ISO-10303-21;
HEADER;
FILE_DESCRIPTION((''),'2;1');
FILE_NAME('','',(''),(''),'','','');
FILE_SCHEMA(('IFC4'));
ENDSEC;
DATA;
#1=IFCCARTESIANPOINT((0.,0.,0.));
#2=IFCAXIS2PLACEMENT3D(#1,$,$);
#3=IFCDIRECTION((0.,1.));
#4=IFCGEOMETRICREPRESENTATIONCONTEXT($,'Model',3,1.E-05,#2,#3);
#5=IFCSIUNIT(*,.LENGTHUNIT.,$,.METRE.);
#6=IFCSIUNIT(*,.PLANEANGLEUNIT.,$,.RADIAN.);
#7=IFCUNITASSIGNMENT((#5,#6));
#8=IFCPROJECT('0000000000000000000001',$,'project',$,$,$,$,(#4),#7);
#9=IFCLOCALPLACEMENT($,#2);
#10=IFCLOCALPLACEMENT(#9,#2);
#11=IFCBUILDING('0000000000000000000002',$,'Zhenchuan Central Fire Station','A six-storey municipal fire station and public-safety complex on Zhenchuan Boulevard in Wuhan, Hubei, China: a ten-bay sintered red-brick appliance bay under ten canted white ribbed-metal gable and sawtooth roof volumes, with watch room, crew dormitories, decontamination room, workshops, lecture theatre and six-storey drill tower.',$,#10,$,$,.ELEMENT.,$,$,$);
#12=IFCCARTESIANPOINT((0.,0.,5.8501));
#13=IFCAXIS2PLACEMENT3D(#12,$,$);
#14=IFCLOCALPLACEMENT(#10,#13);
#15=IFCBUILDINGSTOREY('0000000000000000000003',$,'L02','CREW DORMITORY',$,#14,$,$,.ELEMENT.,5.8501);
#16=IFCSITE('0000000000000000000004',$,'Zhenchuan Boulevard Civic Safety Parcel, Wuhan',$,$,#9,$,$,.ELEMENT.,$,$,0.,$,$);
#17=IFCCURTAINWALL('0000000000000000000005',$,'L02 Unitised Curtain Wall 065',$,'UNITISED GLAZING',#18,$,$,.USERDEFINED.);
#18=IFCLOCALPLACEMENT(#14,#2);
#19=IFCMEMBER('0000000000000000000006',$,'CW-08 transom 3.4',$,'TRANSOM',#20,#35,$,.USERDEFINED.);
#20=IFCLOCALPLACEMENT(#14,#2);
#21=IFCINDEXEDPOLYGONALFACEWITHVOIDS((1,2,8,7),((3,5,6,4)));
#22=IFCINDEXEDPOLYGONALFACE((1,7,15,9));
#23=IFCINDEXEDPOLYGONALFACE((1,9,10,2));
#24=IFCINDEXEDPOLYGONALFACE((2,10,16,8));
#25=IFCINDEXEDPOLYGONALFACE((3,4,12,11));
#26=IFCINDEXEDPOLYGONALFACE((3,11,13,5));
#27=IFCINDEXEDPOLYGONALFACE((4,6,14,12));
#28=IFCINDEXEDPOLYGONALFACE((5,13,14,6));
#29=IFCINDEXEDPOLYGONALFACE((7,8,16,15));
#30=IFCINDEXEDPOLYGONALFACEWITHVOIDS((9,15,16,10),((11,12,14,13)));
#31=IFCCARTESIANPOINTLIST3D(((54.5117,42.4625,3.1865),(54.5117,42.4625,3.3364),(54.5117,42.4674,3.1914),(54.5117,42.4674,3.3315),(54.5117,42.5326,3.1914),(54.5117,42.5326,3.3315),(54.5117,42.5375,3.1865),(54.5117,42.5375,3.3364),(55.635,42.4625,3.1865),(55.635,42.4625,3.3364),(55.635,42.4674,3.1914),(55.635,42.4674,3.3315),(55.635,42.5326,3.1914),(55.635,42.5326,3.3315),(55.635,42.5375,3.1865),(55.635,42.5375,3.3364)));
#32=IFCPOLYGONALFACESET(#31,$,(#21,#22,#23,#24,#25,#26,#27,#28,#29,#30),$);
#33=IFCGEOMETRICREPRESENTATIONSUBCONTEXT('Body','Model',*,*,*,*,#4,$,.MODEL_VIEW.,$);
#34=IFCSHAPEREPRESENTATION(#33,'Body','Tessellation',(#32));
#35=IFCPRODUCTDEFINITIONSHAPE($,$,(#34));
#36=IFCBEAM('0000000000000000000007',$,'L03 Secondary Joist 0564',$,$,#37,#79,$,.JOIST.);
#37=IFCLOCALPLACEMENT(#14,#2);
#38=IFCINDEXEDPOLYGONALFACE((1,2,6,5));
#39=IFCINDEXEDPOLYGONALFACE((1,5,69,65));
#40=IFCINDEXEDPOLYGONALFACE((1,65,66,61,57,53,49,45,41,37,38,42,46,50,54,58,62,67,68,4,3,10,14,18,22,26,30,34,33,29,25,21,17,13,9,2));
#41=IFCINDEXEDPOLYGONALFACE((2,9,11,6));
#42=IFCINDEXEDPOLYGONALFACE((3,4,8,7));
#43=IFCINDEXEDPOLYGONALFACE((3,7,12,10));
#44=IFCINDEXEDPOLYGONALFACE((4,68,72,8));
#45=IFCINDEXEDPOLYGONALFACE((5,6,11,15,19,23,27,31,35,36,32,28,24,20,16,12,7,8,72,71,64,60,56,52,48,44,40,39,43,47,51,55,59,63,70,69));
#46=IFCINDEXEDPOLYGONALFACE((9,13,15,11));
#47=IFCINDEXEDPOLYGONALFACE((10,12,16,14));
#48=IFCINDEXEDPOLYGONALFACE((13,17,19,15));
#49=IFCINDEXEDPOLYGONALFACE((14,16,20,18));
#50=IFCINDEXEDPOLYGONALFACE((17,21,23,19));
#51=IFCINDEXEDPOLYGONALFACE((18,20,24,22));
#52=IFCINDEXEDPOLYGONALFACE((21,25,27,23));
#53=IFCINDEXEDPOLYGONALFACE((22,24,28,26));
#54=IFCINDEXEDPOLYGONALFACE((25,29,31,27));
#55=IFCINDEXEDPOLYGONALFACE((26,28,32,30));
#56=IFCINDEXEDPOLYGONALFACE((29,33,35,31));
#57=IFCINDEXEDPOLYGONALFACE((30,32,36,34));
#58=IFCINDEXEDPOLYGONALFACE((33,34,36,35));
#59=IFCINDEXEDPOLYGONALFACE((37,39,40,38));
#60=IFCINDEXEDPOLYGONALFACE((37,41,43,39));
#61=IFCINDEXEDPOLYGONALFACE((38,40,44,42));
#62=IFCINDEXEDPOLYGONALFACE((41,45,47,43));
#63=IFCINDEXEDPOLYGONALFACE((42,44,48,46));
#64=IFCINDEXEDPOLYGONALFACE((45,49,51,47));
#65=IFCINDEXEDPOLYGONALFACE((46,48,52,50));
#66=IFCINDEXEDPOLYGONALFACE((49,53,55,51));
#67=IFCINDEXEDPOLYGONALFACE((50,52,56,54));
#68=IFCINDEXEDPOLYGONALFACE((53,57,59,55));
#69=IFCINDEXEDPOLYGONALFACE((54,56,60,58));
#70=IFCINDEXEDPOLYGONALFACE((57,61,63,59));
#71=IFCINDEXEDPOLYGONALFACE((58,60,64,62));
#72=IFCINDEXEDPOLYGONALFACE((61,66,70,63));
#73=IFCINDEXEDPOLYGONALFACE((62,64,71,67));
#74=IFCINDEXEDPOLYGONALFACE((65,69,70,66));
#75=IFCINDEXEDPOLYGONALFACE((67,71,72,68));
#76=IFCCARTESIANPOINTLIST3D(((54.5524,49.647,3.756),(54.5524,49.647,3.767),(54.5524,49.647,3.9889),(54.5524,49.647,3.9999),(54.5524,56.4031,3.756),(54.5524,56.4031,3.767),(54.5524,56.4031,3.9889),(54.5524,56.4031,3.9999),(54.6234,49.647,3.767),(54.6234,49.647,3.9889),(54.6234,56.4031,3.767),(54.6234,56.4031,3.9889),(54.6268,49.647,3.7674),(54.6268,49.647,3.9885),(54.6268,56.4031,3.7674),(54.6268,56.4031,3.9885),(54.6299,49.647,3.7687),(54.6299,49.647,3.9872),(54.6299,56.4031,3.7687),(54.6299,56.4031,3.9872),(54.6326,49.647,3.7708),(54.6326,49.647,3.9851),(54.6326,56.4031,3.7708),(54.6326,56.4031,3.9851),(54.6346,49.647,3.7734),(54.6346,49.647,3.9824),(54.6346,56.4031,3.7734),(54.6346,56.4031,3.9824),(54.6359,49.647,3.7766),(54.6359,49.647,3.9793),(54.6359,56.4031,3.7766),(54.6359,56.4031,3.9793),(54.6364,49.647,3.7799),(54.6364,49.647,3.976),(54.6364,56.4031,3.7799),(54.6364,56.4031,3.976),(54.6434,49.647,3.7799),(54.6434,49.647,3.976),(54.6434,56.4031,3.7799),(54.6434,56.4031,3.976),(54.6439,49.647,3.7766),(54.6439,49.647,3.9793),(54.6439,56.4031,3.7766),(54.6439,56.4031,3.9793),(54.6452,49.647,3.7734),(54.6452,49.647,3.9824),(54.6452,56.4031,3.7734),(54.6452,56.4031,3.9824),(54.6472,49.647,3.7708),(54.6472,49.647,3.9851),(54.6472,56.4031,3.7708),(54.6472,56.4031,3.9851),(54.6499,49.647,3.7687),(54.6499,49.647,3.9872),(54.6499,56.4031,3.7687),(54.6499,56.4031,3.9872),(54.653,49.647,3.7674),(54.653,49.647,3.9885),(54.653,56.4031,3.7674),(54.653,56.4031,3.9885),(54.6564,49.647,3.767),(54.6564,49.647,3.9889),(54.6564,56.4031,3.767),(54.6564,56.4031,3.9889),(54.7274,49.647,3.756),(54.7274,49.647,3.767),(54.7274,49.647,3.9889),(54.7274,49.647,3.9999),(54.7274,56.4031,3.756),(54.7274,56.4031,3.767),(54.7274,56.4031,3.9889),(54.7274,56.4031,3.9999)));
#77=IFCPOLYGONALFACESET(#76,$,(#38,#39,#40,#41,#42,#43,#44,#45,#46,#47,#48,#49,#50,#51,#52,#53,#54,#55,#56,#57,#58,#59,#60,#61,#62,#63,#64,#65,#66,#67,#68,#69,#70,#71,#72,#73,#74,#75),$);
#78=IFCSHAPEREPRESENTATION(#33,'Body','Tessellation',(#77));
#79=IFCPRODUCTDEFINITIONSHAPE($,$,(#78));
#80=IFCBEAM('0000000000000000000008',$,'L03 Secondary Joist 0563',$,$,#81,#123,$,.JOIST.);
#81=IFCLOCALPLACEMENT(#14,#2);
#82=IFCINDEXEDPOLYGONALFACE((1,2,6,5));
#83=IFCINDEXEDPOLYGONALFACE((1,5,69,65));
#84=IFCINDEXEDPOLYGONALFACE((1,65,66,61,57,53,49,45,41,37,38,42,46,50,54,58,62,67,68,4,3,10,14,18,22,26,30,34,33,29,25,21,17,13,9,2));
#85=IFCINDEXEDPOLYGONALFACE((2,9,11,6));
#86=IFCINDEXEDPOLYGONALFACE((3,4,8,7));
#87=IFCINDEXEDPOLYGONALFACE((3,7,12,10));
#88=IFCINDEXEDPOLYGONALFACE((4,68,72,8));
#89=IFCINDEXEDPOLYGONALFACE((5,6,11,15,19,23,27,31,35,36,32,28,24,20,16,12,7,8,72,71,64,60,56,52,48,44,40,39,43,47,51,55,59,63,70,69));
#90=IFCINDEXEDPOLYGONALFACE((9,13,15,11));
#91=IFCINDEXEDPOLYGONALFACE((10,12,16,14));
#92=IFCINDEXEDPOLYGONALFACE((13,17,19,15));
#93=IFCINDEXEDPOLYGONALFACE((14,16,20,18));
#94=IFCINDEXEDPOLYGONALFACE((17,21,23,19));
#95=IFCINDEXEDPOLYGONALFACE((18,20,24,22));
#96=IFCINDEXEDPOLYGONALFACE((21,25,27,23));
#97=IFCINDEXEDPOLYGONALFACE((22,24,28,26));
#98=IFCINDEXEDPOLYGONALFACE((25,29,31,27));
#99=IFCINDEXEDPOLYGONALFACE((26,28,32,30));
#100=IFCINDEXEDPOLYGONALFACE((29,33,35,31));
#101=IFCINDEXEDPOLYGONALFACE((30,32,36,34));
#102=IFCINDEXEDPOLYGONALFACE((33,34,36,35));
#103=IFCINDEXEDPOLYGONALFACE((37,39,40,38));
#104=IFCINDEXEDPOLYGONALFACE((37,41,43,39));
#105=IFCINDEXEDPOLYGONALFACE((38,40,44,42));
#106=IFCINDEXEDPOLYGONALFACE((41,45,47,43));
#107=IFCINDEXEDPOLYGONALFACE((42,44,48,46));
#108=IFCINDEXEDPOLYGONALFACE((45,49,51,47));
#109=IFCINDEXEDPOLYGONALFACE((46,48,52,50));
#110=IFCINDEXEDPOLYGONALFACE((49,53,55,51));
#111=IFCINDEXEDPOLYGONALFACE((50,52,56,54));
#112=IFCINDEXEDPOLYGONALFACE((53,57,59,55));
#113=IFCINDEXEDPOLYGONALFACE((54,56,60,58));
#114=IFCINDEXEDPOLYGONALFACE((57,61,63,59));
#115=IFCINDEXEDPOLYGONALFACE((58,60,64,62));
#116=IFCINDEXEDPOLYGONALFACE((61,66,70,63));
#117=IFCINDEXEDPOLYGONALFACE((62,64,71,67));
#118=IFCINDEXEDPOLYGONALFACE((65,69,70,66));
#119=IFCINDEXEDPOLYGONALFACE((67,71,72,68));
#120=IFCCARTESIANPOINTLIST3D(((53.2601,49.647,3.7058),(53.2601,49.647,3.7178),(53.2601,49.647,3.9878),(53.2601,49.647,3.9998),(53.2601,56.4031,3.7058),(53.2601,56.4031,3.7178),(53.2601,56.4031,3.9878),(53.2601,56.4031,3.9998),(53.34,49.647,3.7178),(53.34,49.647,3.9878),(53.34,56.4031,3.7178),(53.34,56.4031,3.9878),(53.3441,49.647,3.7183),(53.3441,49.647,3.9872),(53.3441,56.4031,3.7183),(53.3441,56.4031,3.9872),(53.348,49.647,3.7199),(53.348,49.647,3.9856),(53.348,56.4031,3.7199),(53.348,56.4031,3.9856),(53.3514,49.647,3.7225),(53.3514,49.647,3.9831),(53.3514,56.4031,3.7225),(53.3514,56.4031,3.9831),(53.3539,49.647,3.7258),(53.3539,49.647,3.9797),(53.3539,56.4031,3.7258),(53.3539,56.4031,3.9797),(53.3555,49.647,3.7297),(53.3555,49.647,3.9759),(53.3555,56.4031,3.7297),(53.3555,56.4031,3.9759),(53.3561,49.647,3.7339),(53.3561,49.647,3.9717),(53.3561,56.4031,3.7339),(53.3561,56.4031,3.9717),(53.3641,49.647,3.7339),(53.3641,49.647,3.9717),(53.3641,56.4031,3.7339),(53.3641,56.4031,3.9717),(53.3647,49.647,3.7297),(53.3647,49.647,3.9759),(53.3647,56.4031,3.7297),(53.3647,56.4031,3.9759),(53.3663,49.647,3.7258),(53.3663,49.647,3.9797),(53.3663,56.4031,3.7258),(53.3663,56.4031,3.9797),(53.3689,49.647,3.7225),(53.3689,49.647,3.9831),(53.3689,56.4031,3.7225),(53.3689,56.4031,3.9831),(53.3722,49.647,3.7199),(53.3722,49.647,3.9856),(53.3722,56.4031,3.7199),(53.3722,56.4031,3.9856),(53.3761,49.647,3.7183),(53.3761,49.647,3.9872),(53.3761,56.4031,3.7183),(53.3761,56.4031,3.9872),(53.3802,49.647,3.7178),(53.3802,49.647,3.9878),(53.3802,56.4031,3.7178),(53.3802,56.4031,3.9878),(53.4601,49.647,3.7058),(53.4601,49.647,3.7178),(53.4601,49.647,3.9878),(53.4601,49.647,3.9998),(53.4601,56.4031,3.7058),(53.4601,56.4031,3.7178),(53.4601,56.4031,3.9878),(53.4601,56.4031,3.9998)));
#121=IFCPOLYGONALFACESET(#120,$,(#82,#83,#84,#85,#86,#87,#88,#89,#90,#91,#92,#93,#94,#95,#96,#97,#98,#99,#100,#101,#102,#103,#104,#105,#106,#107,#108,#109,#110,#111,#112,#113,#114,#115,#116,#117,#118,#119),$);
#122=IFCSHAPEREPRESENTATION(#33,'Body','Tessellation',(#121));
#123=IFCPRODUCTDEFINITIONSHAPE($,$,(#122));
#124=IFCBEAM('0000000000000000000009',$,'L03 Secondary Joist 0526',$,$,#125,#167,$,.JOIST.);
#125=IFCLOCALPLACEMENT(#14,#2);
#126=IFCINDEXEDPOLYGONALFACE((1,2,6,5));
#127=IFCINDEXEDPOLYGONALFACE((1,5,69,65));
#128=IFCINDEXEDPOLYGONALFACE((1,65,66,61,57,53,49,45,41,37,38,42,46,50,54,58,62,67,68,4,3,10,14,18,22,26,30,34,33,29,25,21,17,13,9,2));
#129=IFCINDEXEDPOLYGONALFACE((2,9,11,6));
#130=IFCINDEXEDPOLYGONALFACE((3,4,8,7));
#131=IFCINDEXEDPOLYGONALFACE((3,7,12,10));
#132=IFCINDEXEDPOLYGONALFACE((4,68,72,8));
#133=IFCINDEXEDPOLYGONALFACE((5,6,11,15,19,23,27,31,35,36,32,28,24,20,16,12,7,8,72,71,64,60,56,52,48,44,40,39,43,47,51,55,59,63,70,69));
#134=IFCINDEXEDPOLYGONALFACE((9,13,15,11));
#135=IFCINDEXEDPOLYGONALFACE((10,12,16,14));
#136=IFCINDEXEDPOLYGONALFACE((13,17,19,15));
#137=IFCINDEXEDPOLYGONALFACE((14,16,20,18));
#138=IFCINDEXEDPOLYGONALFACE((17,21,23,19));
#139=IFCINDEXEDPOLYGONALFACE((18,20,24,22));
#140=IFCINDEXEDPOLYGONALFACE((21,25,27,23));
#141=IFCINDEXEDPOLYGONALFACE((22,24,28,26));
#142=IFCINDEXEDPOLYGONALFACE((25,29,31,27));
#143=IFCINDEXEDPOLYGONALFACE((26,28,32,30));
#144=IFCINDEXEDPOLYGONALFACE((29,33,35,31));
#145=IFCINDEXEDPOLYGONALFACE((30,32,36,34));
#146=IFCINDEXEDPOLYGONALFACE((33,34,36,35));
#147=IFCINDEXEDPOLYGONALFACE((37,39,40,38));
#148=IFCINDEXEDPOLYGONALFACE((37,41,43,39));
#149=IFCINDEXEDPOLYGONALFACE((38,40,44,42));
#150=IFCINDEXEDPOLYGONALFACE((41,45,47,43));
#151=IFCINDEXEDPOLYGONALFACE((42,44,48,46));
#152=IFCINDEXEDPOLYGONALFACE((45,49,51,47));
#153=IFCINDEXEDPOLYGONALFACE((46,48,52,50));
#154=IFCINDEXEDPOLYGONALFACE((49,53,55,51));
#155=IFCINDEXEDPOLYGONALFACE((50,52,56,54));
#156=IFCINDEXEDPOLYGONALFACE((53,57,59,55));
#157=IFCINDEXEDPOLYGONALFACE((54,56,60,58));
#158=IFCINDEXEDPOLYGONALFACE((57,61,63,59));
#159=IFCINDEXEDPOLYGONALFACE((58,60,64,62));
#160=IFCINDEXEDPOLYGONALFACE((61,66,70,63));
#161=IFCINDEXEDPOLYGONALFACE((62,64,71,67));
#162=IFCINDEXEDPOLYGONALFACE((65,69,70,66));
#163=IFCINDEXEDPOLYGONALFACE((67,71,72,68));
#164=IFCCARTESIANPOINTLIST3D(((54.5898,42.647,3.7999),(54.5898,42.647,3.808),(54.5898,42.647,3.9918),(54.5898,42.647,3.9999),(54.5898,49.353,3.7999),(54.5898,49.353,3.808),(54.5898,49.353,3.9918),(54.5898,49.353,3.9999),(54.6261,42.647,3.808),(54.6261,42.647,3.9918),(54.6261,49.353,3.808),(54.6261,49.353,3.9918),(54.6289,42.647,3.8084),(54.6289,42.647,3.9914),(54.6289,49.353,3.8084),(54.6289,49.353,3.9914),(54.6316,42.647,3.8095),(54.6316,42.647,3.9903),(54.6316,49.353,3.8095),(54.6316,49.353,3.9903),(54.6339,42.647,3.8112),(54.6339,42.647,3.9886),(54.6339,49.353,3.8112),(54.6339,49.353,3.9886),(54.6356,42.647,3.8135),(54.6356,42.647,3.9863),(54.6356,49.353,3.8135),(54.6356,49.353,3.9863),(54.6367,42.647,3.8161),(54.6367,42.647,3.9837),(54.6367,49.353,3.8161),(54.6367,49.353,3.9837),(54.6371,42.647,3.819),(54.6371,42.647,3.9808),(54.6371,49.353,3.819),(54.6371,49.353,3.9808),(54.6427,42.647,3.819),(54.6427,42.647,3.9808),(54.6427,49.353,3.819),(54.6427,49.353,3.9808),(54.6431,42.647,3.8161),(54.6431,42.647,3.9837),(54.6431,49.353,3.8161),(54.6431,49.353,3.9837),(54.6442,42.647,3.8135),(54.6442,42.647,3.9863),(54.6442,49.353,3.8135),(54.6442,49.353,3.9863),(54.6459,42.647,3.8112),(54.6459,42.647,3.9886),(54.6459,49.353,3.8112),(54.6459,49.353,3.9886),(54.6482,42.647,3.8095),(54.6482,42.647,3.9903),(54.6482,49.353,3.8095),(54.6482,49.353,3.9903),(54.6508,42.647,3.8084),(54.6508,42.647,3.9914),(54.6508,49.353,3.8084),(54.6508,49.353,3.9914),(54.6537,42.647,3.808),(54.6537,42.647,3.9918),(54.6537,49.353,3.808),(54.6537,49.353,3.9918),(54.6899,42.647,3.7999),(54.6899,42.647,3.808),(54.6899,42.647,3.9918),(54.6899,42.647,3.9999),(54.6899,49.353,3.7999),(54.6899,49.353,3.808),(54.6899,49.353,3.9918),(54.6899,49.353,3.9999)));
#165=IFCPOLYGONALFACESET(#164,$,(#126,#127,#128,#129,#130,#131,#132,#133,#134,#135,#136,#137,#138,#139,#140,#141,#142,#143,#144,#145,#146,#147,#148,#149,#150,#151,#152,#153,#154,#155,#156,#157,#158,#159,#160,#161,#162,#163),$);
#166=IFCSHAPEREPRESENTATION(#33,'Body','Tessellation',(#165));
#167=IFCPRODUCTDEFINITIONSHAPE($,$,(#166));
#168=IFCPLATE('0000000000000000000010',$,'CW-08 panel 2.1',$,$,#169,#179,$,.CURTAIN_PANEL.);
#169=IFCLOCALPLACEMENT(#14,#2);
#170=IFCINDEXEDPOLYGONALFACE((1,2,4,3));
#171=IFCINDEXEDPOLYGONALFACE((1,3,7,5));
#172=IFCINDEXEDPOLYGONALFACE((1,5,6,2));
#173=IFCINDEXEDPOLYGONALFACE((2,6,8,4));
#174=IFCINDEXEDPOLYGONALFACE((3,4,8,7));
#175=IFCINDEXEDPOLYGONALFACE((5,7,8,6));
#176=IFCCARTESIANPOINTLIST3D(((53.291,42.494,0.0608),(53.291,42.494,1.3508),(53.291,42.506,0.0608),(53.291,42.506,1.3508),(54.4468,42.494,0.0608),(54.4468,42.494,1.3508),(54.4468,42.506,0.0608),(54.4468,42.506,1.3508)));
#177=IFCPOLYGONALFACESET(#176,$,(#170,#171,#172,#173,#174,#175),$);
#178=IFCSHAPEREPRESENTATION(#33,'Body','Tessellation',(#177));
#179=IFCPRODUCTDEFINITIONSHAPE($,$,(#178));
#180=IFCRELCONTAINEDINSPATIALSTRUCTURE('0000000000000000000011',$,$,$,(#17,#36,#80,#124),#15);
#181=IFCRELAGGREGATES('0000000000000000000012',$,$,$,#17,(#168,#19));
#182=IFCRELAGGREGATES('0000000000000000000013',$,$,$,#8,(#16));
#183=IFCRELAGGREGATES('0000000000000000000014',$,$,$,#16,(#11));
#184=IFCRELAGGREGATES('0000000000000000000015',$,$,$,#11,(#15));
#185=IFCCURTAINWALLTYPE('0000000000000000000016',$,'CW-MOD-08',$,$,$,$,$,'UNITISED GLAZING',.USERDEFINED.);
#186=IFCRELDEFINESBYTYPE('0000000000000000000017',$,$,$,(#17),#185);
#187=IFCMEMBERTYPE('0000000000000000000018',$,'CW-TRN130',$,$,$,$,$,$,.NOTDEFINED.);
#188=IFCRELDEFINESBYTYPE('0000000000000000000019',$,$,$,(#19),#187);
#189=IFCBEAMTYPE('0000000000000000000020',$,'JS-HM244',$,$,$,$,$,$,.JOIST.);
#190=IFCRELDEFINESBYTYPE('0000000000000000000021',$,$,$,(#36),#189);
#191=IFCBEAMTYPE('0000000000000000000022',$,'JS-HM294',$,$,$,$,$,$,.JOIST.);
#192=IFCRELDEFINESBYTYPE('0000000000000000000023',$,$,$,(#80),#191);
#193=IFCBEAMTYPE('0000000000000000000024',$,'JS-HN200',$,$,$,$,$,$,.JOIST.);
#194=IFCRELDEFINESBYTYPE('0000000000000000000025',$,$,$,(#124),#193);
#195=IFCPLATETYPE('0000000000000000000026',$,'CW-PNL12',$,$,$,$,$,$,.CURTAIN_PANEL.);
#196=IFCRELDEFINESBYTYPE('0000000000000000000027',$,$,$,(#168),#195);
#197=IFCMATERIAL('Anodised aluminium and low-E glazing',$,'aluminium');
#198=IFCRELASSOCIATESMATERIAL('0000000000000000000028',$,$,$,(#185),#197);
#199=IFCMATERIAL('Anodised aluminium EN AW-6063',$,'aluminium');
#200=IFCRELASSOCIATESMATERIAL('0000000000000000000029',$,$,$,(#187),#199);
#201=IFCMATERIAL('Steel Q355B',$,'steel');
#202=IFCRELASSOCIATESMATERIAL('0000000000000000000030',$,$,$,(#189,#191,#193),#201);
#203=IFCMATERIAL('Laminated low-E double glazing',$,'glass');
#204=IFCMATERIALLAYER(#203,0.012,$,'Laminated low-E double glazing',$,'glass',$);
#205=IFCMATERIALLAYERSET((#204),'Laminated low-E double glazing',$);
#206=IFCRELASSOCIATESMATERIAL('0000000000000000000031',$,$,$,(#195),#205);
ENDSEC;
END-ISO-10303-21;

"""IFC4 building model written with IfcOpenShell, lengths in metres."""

from ifc_helpers import new_model, si_unit, direction, frame, origin, origin_2d, place, context, subcontext, project, spatial, rectangle, hollow_rectangle, i_section, extrude, material, layer, layer_set, material_profile, profile_set, type_object, element, aggregate, save


model = new_model("IFC4")

# Units and contexts
model_context = context("Model", 3, precision=1e-05, world=origin(), true_north=direction((0.0, 1.0)))
body_context = subcontext(model_context, "Body", "Model", "MODEL_VIEW")
ifc_project = project(units=[si_unit("LENGTHUNIT", "METRE"), si_unit("PLANEANGLEUNIT", "RADIAN")], contexts=[model_context])

# Site, building, storey
site_placement = place(None, origin())
site = spatial("IfcSite", under=ifc_project, at=site_placement, Name="Zhenchuan Boulevard Civic Safety Parcel, Wuhan", CompositionType="ELEMENT", RefElevation=0.0)
building_placement = place(site_placement, origin())
building = spatial("IfcBuilding", under=site, at=building_placement, Name="Zhenchuan Central Fire Station", Description="A six-storey municipal fire station and public-safety complex on Zhenchuan Boulevard in Wuhan, Hubei, China: a ten-bay sintered red-brick appliance bay under ten canted white ribbed-metal gable and sawtooth roof volumes, with watch room, crew dormitories, decontamination room, workshops, lecture theatre and six-storey drill tower.", CompositionType="ELEMENT")
storey_placement = place(building_placement, frame((0.0, 0.0, 5.8501)))
storey = spatial("IfcBuildingStorey", under=building, at=storey_placement, Name="L02", Description="CREW DORMITORY", CompositionType="ELEMENT", Elevation=5.8501)

# Shared definitions
ifc_material_1 = material(Name="Steel Q355B", Category="steel")

# Curtain wall, member
ifc_material_2 = material(Name="Anodised aluminium and low-E glazing", Category="aluminium")
curtain_wall_type = type_object("IfcCurtainWallType", Name="CW-MOD-08", ElementType="UNITISED GLAZING", PredefinedType="USERDEFINED", material=ifc_material_2)
curtain_wall_placement = place(storey_placement, origin())
curtain_wall = element("IfcCurtainWall", 1, at=curtain_wall_placement, inside=storey, type_object=curtain_wall_type, Name="L02 Unitised Curtain Wall 065", ObjectType="UNITISED GLAZING", PredefinedType="USERDEFINED")
ifc_material_3 = material(Name="Anodised aluminium EN AW-6063", Category="aluminium")
ifc_material_profile_1 = material_profile(ifc_material_3, hollow_rectangle(XDim=0.075, YDim=0.1499, WallThickness=0.0049, at=origin_2d()), Name="ALU-T 150x75")
ifc_profile_set_1 = profile_set([ifc_material_profile_1], Name="Anodised aluminium EN AW-6063")
member_type_1 = type_object("IfcMemberType", Name="CW-TRN130", PredefinedType="NOTDEFINED", material=ifc_profile_set_1)
member_1_placement = place(storey_placement, frame((54.5117, 42.5, 3.2615), z_axis=(1.0, 0.0, 0.0), x_axis=(0.0, 1.0, 0.0)))
member_1 = element("IfcMember", 2, at=member_1_placement, type_object=member_type_1, Name="CW-08 transom 3.4", ObjectType="TRANSOM", PredefinedType="USERDEFINED", context=body_context, shape_type="SweptSolid", body=[
    extrude(hollow_rectangle(XDim=0.075, YDim=0.1499, WallThickness=0.0049, at=origin_2d()), origin(), (0.0, 0.0, 1.0), 1.1233),
])

# Beams
ifc_material_profile_2 = material_profile(ifc_material_1, i_section(OverallWidth=0.175, OverallDepth=0.2439, WebThickness=0.0071, FlangeThickness=0.011, FilletRadius=0.0129, at=origin_2d()), Name="HM 244x175")
ifc_profile_set_2 = profile_set([ifc_material_profile_2], Name="Steel Q355B")
beam_type_1 = type_object("IfcBeamType", Name="JS-HM244", PredefinedType="JOIST", material=ifc_profile_set_2)
beam_1_placement = place(storey_placement, frame((54.6399, 49.647, 3.8779), z_axis=(0.0, 1.0, 0.0), x_axis=(-1.0, 0.0, 0.0)))
element("IfcBeam", 3, at=beam_1_placement, inside=storey, type_object=beam_type_1, Name="L03 Secondary Joist 0564", PredefinedType="JOIST", context=body_context, shape_type="SweptSolid", body=[
    extrude(i_section(OverallWidth=0.175, OverallDepth=0.2439, WebThickness=0.0071, FlangeThickness=0.011, FilletRadius=0.0129, at=origin_2d()), origin(), (0.0, 0.0, 1.0), 6.7561),
])
ifc_material_profile_3 = material_profile(ifc_material_1, i_section(OverallWidth=0.2, OverallDepth=0.2939, WebThickness=0.0081, FlangeThickness=0.012, FilletRadius=0.0161, at=origin_2d()), Name="HM 294x200")
ifc_profile_set_3 = profile_set([ifc_material_profile_3], Name="Steel Q355B")
beam_type_2 = type_object("IfcBeamType", Name="JS-HM294", PredefinedType="JOIST", material=ifc_profile_set_3)
beam_2_placement = place(storey_placement, frame((53.3601, 49.647, 3.8528), z_axis=(0.0, 1.0, 0.0), x_axis=(-1.0, 0.0, 0.0)))
element("IfcBeam", 4, at=beam_2_placement, inside=storey, type_object=beam_type_2, Name="L03 Secondary Joist 0563", PredefinedType="JOIST", context=body_context, shape_type="SweptSolid", body=[
    extrude(i_section(OverallWidth=0.2, OverallDepth=0.2939, WebThickness=0.0081, FlangeThickness=0.012, FilletRadius=0.0161, at=origin_2d()), origin(), (0.0, 0.0, 1.0), 6.7561),
])
ifc_material_profile_4 = material_profile(ifc_material_1, i_section(OverallWidth=0.1001, OverallDepth=0.2, WebThickness=0.0056, FlangeThickness=0.0081, FilletRadius=0.011, at=origin_2d()), Name="HN 200x100")
ifc_profile_set_4 = profile_set([ifc_material_profile_4], Name="Steel Q355B")
beam_type_3 = type_object("IfcBeamType", Name="JS-HN200", PredefinedType="JOIST", material=ifc_profile_set_4)
beam_3_placement = place(storey_placement, frame((54.6399, 42.647, 3.8999), z_axis=(0.0, 1.0, 0.0), x_axis=(-1.0, 0.0, 0.0)))
element("IfcBeam", 5, at=beam_3_placement, inside=storey, type_object=beam_type_3, Name="L03 Secondary Joist 0526", PredefinedType="JOIST", context=body_context, shape_type="SweptSolid", body=[
    extrude(i_section(OverallWidth=0.1001, OverallDepth=0.2, WebThickness=0.0056, FlangeThickness=0.0081, FilletRadius=0.011, at=origin_2d()), origin(), (0.0, 0.0, 1.0), 6.7061),
])

# Plate
ifc_material_4 = material(Name="Laminated low-E double glazing", Category="glass")
ifc_layer_1 = layer(ifc_material_4, 0.012, Name="Laminated low-E double glazing", Category="glass")
ifc_layer_set_1 = layer_set([ifc_layer_1], Name="Laminated low-E double glazing")
plate_type_1 = type_object("IfcPlateType", Name="CW-PNL12", PredefinedType="CURTAIN_PANEL", material=ifc_layer_set_1)
plate_1_placement = place(storey_placement, frame((53.8689, 42.5, 0.0608), z_axis=(0.0, 0.0, 1.0), x_axis=(1.0, 0.0, 0.0)))
plate_1 = element("IfcPlate", 6, at=plate_1_placement, type_object=plate_type_1, Name="CW-08 panel 2.1", PredefinedType="CURTAIN_PANEL", context=body_context, shape_type="SweptSolid", body=[
    extrude(rectangle(XDim=1.1558, YDim=0.012, at=origin_2d()), origin(), (0.0, 0.0, 1.0), 1.29),
])
aggregate(curtain_wall, [plate_1, member_1])

save(model, "model.ifc")
